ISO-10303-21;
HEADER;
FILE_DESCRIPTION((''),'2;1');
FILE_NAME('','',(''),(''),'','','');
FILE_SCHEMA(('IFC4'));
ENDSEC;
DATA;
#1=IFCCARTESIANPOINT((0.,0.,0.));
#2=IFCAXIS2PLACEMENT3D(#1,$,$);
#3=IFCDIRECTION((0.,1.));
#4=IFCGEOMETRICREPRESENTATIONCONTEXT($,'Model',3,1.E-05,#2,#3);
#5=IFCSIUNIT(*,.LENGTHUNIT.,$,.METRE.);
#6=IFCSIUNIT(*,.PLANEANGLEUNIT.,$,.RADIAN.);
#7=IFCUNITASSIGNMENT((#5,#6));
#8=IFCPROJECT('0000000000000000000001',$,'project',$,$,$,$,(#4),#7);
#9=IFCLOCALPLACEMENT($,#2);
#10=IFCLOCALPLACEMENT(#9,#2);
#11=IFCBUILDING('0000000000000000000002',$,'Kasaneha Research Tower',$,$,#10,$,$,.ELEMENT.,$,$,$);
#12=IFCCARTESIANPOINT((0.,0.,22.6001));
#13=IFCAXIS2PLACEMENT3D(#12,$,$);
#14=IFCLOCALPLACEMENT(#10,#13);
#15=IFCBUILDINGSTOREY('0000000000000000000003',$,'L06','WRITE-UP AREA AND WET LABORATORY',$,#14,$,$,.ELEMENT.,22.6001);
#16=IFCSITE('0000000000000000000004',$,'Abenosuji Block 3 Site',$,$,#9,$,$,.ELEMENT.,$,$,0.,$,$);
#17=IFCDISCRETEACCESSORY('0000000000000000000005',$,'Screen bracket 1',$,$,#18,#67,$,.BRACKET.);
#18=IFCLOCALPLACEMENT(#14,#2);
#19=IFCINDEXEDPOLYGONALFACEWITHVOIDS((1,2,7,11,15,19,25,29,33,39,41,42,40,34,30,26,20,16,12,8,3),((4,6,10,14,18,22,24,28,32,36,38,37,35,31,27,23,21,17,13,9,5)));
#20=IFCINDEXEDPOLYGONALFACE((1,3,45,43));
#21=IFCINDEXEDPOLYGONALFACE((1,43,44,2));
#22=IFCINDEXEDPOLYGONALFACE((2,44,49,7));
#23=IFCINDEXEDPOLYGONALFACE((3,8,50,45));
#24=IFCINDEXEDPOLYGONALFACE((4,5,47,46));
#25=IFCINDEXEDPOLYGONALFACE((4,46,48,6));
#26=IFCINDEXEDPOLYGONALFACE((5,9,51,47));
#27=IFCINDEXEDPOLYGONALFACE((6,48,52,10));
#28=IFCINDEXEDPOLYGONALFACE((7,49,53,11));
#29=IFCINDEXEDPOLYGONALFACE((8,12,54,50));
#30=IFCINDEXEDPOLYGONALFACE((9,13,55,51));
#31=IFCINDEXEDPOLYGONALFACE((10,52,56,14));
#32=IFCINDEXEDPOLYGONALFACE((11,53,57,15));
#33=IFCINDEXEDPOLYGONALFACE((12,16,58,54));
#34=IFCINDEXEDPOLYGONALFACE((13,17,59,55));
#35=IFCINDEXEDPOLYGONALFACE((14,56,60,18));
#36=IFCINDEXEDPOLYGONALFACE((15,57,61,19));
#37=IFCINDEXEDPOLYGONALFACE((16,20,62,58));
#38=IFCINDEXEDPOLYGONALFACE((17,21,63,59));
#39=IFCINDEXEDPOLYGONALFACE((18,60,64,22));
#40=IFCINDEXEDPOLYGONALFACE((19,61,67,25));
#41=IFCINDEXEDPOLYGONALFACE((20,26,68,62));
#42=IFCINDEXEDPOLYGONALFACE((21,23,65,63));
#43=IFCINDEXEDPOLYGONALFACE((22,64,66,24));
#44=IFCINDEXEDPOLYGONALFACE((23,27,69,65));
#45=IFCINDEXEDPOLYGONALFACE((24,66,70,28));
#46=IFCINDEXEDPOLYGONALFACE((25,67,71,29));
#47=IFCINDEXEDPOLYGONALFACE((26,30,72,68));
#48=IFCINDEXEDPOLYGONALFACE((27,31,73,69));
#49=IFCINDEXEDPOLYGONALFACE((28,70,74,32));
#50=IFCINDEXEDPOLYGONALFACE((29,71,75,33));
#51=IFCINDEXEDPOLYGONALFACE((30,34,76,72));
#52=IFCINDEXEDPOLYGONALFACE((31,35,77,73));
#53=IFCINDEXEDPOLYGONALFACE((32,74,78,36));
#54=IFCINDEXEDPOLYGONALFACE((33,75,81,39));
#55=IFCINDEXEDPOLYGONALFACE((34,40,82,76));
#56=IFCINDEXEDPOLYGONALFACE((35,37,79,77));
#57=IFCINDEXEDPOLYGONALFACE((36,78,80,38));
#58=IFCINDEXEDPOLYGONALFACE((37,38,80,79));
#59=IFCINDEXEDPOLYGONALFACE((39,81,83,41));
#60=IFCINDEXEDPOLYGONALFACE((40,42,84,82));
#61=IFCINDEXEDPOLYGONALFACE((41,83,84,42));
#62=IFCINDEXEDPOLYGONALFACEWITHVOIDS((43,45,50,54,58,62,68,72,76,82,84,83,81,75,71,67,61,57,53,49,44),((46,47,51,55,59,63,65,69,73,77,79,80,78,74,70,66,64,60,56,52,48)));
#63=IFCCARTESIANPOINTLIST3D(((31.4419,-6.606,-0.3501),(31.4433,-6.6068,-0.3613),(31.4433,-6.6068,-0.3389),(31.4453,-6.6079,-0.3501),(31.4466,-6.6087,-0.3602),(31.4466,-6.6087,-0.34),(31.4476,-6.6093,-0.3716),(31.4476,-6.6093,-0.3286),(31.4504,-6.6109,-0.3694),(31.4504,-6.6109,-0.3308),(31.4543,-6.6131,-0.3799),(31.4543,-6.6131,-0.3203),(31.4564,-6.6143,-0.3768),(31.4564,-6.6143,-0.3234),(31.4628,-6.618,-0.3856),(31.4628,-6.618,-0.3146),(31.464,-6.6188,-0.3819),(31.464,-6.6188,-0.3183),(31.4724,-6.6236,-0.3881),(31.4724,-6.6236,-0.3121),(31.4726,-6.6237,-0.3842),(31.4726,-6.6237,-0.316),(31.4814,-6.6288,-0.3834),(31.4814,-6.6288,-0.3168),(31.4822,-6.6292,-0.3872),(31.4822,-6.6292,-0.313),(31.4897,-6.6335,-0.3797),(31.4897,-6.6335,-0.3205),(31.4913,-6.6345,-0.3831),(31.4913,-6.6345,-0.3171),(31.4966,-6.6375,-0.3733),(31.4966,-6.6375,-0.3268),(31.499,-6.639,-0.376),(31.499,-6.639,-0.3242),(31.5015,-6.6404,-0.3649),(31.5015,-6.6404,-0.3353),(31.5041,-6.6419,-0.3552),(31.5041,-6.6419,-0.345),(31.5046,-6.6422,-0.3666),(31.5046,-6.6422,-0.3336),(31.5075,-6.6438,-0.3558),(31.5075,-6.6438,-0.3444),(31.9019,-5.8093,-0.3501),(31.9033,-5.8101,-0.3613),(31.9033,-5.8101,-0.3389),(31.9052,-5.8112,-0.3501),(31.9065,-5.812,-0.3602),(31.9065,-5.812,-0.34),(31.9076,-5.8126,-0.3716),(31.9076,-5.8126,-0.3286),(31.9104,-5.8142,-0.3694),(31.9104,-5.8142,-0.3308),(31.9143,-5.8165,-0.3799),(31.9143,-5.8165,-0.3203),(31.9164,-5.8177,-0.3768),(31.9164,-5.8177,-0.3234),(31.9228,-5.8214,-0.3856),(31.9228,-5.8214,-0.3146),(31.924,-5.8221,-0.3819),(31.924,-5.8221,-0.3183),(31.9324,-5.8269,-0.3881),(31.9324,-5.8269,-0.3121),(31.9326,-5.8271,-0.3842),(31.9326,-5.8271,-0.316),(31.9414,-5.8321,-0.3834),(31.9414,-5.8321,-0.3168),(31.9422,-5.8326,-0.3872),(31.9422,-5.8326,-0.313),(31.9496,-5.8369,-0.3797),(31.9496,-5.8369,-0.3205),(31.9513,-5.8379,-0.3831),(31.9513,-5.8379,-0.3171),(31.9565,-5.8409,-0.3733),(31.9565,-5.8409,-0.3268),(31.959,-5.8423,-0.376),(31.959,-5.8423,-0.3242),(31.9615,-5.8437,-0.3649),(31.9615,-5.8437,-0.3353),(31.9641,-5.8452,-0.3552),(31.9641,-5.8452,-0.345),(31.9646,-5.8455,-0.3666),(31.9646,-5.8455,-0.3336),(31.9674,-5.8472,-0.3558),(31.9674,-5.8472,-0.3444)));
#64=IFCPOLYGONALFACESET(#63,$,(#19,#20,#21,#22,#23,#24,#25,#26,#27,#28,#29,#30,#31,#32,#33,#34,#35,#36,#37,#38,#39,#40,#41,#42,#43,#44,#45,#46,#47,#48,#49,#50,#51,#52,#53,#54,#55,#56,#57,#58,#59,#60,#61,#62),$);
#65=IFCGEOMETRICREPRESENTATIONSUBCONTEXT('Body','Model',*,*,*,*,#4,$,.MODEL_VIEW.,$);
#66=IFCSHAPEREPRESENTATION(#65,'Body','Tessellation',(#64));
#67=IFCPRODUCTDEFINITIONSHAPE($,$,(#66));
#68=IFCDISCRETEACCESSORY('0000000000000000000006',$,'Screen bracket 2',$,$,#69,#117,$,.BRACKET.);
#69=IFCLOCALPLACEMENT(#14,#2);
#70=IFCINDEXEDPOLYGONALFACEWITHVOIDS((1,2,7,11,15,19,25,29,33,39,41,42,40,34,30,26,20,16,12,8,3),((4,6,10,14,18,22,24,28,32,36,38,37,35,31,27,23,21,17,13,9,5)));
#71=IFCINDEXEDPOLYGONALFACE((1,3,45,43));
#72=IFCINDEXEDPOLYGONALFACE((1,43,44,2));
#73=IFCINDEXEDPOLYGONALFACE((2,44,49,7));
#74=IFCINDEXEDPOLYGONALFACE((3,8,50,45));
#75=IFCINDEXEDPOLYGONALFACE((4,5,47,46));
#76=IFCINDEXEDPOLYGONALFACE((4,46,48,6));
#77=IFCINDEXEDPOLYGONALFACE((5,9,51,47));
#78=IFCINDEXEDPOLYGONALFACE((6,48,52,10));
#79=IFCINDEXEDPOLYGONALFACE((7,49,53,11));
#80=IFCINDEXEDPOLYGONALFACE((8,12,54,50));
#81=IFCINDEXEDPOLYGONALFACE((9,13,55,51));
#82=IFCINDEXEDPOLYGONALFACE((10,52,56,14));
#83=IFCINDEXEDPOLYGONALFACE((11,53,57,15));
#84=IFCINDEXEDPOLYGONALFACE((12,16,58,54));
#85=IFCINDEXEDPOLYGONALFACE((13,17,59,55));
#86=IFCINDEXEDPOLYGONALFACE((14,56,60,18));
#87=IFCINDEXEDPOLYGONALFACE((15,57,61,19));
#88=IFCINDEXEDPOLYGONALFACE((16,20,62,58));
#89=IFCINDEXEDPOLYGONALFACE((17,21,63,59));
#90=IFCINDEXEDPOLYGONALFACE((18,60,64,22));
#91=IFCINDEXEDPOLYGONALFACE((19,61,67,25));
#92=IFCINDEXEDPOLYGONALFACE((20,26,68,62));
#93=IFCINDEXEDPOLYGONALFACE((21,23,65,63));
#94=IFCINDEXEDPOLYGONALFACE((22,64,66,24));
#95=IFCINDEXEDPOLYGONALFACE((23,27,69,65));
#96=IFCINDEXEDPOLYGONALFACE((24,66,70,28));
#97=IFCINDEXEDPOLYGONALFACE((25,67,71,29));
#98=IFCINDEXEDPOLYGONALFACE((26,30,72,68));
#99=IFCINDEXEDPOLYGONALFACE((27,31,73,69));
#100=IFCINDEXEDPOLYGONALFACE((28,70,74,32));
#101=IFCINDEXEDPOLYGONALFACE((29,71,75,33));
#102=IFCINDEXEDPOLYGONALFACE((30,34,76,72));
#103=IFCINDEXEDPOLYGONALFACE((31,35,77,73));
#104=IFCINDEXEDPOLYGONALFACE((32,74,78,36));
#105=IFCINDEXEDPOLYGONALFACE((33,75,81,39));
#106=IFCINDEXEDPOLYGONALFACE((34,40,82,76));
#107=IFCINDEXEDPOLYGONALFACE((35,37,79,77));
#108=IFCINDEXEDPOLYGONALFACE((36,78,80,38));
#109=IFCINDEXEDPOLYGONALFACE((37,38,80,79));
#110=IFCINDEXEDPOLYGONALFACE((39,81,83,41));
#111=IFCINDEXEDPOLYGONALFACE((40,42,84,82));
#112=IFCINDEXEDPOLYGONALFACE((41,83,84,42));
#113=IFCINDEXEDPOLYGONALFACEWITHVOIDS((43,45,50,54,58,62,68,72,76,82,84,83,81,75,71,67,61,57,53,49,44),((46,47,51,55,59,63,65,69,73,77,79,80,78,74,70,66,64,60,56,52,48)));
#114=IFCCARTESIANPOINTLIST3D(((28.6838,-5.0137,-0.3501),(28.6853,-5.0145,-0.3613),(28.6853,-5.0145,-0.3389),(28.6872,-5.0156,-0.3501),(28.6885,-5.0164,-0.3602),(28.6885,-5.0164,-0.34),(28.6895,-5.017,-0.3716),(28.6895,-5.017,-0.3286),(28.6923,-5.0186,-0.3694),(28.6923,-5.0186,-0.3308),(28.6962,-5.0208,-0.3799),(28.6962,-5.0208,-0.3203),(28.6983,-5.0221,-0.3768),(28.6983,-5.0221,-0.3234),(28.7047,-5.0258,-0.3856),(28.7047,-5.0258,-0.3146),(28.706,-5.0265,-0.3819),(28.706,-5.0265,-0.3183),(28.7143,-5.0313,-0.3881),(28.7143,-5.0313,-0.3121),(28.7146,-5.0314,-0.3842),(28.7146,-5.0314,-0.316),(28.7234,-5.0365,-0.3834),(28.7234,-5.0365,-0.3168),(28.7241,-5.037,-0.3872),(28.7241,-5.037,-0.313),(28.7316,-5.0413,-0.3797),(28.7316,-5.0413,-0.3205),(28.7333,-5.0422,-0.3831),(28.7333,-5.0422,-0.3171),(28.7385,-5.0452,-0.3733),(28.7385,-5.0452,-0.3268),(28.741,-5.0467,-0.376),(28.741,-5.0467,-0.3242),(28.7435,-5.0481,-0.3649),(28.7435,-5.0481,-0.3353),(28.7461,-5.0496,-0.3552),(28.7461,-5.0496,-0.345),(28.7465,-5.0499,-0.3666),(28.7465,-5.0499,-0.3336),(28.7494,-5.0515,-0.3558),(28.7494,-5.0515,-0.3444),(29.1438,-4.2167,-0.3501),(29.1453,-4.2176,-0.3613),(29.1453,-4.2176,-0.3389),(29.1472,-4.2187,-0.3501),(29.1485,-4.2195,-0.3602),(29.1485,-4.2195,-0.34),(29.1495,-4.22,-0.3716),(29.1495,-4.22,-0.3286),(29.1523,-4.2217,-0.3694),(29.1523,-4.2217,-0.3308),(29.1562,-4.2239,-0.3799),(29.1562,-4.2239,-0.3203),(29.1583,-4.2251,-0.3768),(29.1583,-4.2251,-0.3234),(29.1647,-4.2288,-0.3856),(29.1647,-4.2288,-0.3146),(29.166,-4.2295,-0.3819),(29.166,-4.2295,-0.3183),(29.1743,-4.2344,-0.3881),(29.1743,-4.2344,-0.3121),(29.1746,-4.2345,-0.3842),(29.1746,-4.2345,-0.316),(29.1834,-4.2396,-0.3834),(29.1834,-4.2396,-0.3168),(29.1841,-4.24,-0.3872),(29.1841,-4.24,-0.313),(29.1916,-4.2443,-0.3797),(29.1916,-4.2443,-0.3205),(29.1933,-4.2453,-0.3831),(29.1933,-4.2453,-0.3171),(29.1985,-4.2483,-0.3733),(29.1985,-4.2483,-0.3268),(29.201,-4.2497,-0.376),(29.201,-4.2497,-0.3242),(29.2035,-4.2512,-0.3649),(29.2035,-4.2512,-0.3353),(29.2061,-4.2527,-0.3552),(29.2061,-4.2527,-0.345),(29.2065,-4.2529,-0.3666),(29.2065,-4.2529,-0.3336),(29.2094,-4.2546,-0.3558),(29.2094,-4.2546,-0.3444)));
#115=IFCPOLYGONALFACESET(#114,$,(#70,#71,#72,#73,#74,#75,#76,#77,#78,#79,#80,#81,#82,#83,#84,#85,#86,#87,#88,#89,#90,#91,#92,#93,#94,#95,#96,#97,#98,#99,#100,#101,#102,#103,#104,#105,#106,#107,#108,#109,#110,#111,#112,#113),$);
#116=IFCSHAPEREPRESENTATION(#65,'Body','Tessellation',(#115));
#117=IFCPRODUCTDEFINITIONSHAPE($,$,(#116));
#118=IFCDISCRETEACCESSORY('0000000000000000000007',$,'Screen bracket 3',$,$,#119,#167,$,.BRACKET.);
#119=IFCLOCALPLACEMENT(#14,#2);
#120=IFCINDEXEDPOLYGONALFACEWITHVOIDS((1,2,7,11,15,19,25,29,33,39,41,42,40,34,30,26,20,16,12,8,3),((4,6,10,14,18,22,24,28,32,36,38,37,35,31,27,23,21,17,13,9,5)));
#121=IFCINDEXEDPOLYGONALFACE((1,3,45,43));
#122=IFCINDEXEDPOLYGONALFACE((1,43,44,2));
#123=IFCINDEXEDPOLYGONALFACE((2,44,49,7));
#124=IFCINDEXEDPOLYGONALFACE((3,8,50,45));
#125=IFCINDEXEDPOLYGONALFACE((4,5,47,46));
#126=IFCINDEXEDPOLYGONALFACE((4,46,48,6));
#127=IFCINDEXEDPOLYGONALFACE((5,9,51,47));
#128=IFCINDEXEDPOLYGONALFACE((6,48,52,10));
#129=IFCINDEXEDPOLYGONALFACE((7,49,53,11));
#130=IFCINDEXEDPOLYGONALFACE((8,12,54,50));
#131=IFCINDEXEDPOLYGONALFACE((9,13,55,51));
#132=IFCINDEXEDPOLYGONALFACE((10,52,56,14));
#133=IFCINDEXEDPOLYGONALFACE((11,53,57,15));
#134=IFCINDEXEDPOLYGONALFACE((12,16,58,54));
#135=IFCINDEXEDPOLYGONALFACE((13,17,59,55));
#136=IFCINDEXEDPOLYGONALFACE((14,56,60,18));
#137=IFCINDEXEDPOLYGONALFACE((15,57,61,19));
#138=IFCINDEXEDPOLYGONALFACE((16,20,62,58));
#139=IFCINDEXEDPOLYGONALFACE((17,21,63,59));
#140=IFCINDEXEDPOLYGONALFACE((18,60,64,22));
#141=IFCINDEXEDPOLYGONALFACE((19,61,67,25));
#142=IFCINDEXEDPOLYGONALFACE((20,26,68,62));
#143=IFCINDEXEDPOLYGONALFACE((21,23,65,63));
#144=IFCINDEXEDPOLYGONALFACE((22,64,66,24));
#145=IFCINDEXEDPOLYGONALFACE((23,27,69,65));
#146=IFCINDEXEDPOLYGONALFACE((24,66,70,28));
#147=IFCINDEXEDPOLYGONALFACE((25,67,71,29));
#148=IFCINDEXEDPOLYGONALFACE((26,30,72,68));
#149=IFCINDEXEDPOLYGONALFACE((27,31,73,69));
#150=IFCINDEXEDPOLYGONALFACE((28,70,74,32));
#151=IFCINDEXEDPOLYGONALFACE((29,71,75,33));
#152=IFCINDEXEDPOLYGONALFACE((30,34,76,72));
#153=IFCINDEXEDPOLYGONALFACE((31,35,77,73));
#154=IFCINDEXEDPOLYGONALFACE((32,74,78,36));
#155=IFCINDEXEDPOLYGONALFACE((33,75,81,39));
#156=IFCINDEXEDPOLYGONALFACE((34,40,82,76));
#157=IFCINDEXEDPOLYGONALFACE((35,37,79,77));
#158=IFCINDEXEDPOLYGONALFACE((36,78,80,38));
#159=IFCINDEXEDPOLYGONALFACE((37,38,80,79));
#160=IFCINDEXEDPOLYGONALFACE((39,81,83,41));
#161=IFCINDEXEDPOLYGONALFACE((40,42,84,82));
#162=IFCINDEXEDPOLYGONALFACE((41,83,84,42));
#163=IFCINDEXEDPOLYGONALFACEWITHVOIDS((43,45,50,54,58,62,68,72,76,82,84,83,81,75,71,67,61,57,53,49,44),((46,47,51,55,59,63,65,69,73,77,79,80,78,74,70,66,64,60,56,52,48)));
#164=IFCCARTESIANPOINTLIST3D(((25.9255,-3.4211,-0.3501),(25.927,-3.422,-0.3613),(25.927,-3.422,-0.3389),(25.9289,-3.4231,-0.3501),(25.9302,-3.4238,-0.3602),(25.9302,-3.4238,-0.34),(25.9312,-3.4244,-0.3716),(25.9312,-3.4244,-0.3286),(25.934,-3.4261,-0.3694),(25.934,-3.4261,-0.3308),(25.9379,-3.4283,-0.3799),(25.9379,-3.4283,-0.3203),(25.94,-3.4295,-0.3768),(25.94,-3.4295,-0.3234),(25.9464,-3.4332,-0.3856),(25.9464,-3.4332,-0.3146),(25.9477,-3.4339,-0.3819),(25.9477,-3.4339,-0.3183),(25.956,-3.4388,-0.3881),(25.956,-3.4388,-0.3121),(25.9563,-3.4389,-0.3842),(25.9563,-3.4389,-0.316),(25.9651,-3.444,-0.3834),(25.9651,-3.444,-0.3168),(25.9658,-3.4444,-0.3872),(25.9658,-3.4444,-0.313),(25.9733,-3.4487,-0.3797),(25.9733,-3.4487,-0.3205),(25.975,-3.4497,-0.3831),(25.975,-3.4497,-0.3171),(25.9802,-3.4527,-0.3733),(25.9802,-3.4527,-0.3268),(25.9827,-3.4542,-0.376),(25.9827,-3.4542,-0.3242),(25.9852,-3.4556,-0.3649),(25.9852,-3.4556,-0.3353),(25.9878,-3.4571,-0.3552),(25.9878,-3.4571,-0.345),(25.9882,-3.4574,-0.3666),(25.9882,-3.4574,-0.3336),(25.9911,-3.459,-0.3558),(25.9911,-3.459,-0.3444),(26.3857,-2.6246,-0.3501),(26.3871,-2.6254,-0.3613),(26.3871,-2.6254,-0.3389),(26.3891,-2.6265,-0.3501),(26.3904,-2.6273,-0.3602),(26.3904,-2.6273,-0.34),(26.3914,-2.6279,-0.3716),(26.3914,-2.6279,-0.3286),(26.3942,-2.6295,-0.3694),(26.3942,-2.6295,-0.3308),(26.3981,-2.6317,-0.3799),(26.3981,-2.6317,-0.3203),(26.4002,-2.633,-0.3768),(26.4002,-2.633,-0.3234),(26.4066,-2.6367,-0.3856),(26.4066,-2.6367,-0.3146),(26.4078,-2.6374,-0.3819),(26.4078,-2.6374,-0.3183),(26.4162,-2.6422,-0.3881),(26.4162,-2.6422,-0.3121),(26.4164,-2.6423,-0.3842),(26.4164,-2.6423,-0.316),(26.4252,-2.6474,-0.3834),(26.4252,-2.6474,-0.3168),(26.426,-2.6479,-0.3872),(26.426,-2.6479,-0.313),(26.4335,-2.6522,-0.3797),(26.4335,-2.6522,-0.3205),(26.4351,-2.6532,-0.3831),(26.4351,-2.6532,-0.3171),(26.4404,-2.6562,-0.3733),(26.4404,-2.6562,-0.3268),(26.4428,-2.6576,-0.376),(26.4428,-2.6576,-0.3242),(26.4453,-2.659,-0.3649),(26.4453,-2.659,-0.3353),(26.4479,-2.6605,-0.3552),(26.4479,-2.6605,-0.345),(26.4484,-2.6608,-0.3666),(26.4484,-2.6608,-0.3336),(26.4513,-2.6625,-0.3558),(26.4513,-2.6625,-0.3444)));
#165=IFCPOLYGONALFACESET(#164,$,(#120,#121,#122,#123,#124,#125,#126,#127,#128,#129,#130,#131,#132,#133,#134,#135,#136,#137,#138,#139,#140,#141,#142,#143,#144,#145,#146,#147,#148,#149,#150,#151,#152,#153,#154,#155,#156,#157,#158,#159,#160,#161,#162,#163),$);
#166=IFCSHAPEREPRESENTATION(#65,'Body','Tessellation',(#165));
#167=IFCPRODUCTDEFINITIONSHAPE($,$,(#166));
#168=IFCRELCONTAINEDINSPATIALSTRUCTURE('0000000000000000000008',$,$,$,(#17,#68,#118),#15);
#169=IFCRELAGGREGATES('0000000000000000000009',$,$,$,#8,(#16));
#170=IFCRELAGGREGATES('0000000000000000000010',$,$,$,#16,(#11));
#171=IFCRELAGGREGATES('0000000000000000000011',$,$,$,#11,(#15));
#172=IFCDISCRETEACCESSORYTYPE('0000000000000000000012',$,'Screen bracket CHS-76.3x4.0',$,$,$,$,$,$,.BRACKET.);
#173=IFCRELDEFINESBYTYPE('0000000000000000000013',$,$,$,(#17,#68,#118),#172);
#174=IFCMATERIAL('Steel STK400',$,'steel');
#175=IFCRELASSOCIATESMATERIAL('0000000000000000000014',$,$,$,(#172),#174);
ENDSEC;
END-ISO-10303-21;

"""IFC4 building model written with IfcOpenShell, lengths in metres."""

from ifc_helpers import new_model, si_unit, direction, frame, origin, origin_2d, place, context, subcontext, project, spatial, hollow_circle, extrude, material, material_profile, profile_set, type_object, element, save


model = new_model("IFC4")

# Units and contexts
model_context = context("Model", 3, precision=1e-05, world=origin(), true_north=direction((0.0, 1.0)))
body_context = subcontext(model_context, "Body", "Model", "MODEL_VIEW")
ifc_project = project(units=[si_unit("LENGTHUNIT", "METRE"), si_unit("PLANEANGLEUNIT", "RADIAN")], contexts=[model_context])

# Site, building, storey
site_placement = place(None, origin())
site = spatial("IfcSite", under=ifc_project, at=site_placement, Name="Abenosuji Block 3 Site", CompositionType="ELEMENT", RefElevation=0.0)
building_placement = place(site_placement, origin())
building = spatial("IfcBuilding", under=site, at=building_placement, Name="Kasaneha Research Tower", CompositionType="ELEMENT")
storey_placement = place(building_placement, frame((0.0, 0.0, 22.6001)))
storey = spatial("IfcBuildingStorey", under=building, at=storey_placement, Name="L06", Description="WRITE-UP AREA AND WET LABORATORY", CompositionType="ELEMENT", Elevation=22.6001)

# Discrete accessories
ifc_material_1 = material(Name="Steel STK400", Category="steel")
ifc_material_profile_1 = material_profile(ifc_material_1, hollow_circle(Radius=0.0381, WallThickness=0.0039, at=origin_2d()), Name="CHS-76.3x4.0")
ifc_profile_set_1 = profile_set([ifc_material_profile_1], Name="Steel STK400")
discrete_accessory_type = type_object("IfcDiscreteAccessoryType", Name="Screen bracket CHS-76.3x4.0", PredefinedType="BRACKET", material=ifc_profile_set_1)
discrete_accessory_1_placement = place(storey_placement, frame((31.4749, -6.625, -0.3501), z_axis=(0.500021, 0.866013, 0.0), x_axis=(-0.866013, 0.500021, 0.0)))
element("IfcDiscreteAccessory", 1, at=discrete_accessory_1_placement, inside=storey, type_object=discrete_accessory_type, Name="Screen bracket 1", PredefinedType="BRACKET", context=body_context, shape_type="SweptSolid", body=[
    extrude(hollow_circle(Radius=0.0381, WallThickness=0.0039, at=origin_2d()), origin(), (0.0, 0.0, 1.0), 0.9199),
])
discrete_accessory_2_placement = place(storey_placement, frame((28.7168, -5.0327, -0.3501), z_axis=(0.499906, 0.86608, 0.0), x_axis=(-0.86608, 0.499906, 0.0)))
element("IfcDiscreteAccessory", 2, at=discrete_accessory_2_placement, inside=storey, type_object=discrete_accessory_type, Name="Screen bracket 2", PredefinedType="BRACKET", context=body_context, shape_type="SweptSolid", body=[
    extrude(hollow_circle(Radius=0.0381, WallThickness=0.0039, at=origin_2d()), origin(), (0.0, 0.0, 1.0), 0.9202),
])
discrete_accessory_3_placement = place(storey_placement, frame((25.9585, -3.4402, -0.3501), z_axis=(0.50022, 0.865898, 0.0), x_axis=(-0.865898, 0.50022, 0.0)))
element("IfcDiscreteAccessory", 3, at=discrete_accessory_3_placement, inside=storey, type_object=discrete_accessory_type, Name="Screen bracket 3", PredefinedType="BRACKET", context=body_context, shape_type="SweptSolid", body=[
    extrude(hollow_circle(Radius=0.0381, WallThickness=0.0039, at=origin_2d()), origin(), (0.0, 0.0, 1.0), 0.9199),
])

save(model, "model.ifc")
